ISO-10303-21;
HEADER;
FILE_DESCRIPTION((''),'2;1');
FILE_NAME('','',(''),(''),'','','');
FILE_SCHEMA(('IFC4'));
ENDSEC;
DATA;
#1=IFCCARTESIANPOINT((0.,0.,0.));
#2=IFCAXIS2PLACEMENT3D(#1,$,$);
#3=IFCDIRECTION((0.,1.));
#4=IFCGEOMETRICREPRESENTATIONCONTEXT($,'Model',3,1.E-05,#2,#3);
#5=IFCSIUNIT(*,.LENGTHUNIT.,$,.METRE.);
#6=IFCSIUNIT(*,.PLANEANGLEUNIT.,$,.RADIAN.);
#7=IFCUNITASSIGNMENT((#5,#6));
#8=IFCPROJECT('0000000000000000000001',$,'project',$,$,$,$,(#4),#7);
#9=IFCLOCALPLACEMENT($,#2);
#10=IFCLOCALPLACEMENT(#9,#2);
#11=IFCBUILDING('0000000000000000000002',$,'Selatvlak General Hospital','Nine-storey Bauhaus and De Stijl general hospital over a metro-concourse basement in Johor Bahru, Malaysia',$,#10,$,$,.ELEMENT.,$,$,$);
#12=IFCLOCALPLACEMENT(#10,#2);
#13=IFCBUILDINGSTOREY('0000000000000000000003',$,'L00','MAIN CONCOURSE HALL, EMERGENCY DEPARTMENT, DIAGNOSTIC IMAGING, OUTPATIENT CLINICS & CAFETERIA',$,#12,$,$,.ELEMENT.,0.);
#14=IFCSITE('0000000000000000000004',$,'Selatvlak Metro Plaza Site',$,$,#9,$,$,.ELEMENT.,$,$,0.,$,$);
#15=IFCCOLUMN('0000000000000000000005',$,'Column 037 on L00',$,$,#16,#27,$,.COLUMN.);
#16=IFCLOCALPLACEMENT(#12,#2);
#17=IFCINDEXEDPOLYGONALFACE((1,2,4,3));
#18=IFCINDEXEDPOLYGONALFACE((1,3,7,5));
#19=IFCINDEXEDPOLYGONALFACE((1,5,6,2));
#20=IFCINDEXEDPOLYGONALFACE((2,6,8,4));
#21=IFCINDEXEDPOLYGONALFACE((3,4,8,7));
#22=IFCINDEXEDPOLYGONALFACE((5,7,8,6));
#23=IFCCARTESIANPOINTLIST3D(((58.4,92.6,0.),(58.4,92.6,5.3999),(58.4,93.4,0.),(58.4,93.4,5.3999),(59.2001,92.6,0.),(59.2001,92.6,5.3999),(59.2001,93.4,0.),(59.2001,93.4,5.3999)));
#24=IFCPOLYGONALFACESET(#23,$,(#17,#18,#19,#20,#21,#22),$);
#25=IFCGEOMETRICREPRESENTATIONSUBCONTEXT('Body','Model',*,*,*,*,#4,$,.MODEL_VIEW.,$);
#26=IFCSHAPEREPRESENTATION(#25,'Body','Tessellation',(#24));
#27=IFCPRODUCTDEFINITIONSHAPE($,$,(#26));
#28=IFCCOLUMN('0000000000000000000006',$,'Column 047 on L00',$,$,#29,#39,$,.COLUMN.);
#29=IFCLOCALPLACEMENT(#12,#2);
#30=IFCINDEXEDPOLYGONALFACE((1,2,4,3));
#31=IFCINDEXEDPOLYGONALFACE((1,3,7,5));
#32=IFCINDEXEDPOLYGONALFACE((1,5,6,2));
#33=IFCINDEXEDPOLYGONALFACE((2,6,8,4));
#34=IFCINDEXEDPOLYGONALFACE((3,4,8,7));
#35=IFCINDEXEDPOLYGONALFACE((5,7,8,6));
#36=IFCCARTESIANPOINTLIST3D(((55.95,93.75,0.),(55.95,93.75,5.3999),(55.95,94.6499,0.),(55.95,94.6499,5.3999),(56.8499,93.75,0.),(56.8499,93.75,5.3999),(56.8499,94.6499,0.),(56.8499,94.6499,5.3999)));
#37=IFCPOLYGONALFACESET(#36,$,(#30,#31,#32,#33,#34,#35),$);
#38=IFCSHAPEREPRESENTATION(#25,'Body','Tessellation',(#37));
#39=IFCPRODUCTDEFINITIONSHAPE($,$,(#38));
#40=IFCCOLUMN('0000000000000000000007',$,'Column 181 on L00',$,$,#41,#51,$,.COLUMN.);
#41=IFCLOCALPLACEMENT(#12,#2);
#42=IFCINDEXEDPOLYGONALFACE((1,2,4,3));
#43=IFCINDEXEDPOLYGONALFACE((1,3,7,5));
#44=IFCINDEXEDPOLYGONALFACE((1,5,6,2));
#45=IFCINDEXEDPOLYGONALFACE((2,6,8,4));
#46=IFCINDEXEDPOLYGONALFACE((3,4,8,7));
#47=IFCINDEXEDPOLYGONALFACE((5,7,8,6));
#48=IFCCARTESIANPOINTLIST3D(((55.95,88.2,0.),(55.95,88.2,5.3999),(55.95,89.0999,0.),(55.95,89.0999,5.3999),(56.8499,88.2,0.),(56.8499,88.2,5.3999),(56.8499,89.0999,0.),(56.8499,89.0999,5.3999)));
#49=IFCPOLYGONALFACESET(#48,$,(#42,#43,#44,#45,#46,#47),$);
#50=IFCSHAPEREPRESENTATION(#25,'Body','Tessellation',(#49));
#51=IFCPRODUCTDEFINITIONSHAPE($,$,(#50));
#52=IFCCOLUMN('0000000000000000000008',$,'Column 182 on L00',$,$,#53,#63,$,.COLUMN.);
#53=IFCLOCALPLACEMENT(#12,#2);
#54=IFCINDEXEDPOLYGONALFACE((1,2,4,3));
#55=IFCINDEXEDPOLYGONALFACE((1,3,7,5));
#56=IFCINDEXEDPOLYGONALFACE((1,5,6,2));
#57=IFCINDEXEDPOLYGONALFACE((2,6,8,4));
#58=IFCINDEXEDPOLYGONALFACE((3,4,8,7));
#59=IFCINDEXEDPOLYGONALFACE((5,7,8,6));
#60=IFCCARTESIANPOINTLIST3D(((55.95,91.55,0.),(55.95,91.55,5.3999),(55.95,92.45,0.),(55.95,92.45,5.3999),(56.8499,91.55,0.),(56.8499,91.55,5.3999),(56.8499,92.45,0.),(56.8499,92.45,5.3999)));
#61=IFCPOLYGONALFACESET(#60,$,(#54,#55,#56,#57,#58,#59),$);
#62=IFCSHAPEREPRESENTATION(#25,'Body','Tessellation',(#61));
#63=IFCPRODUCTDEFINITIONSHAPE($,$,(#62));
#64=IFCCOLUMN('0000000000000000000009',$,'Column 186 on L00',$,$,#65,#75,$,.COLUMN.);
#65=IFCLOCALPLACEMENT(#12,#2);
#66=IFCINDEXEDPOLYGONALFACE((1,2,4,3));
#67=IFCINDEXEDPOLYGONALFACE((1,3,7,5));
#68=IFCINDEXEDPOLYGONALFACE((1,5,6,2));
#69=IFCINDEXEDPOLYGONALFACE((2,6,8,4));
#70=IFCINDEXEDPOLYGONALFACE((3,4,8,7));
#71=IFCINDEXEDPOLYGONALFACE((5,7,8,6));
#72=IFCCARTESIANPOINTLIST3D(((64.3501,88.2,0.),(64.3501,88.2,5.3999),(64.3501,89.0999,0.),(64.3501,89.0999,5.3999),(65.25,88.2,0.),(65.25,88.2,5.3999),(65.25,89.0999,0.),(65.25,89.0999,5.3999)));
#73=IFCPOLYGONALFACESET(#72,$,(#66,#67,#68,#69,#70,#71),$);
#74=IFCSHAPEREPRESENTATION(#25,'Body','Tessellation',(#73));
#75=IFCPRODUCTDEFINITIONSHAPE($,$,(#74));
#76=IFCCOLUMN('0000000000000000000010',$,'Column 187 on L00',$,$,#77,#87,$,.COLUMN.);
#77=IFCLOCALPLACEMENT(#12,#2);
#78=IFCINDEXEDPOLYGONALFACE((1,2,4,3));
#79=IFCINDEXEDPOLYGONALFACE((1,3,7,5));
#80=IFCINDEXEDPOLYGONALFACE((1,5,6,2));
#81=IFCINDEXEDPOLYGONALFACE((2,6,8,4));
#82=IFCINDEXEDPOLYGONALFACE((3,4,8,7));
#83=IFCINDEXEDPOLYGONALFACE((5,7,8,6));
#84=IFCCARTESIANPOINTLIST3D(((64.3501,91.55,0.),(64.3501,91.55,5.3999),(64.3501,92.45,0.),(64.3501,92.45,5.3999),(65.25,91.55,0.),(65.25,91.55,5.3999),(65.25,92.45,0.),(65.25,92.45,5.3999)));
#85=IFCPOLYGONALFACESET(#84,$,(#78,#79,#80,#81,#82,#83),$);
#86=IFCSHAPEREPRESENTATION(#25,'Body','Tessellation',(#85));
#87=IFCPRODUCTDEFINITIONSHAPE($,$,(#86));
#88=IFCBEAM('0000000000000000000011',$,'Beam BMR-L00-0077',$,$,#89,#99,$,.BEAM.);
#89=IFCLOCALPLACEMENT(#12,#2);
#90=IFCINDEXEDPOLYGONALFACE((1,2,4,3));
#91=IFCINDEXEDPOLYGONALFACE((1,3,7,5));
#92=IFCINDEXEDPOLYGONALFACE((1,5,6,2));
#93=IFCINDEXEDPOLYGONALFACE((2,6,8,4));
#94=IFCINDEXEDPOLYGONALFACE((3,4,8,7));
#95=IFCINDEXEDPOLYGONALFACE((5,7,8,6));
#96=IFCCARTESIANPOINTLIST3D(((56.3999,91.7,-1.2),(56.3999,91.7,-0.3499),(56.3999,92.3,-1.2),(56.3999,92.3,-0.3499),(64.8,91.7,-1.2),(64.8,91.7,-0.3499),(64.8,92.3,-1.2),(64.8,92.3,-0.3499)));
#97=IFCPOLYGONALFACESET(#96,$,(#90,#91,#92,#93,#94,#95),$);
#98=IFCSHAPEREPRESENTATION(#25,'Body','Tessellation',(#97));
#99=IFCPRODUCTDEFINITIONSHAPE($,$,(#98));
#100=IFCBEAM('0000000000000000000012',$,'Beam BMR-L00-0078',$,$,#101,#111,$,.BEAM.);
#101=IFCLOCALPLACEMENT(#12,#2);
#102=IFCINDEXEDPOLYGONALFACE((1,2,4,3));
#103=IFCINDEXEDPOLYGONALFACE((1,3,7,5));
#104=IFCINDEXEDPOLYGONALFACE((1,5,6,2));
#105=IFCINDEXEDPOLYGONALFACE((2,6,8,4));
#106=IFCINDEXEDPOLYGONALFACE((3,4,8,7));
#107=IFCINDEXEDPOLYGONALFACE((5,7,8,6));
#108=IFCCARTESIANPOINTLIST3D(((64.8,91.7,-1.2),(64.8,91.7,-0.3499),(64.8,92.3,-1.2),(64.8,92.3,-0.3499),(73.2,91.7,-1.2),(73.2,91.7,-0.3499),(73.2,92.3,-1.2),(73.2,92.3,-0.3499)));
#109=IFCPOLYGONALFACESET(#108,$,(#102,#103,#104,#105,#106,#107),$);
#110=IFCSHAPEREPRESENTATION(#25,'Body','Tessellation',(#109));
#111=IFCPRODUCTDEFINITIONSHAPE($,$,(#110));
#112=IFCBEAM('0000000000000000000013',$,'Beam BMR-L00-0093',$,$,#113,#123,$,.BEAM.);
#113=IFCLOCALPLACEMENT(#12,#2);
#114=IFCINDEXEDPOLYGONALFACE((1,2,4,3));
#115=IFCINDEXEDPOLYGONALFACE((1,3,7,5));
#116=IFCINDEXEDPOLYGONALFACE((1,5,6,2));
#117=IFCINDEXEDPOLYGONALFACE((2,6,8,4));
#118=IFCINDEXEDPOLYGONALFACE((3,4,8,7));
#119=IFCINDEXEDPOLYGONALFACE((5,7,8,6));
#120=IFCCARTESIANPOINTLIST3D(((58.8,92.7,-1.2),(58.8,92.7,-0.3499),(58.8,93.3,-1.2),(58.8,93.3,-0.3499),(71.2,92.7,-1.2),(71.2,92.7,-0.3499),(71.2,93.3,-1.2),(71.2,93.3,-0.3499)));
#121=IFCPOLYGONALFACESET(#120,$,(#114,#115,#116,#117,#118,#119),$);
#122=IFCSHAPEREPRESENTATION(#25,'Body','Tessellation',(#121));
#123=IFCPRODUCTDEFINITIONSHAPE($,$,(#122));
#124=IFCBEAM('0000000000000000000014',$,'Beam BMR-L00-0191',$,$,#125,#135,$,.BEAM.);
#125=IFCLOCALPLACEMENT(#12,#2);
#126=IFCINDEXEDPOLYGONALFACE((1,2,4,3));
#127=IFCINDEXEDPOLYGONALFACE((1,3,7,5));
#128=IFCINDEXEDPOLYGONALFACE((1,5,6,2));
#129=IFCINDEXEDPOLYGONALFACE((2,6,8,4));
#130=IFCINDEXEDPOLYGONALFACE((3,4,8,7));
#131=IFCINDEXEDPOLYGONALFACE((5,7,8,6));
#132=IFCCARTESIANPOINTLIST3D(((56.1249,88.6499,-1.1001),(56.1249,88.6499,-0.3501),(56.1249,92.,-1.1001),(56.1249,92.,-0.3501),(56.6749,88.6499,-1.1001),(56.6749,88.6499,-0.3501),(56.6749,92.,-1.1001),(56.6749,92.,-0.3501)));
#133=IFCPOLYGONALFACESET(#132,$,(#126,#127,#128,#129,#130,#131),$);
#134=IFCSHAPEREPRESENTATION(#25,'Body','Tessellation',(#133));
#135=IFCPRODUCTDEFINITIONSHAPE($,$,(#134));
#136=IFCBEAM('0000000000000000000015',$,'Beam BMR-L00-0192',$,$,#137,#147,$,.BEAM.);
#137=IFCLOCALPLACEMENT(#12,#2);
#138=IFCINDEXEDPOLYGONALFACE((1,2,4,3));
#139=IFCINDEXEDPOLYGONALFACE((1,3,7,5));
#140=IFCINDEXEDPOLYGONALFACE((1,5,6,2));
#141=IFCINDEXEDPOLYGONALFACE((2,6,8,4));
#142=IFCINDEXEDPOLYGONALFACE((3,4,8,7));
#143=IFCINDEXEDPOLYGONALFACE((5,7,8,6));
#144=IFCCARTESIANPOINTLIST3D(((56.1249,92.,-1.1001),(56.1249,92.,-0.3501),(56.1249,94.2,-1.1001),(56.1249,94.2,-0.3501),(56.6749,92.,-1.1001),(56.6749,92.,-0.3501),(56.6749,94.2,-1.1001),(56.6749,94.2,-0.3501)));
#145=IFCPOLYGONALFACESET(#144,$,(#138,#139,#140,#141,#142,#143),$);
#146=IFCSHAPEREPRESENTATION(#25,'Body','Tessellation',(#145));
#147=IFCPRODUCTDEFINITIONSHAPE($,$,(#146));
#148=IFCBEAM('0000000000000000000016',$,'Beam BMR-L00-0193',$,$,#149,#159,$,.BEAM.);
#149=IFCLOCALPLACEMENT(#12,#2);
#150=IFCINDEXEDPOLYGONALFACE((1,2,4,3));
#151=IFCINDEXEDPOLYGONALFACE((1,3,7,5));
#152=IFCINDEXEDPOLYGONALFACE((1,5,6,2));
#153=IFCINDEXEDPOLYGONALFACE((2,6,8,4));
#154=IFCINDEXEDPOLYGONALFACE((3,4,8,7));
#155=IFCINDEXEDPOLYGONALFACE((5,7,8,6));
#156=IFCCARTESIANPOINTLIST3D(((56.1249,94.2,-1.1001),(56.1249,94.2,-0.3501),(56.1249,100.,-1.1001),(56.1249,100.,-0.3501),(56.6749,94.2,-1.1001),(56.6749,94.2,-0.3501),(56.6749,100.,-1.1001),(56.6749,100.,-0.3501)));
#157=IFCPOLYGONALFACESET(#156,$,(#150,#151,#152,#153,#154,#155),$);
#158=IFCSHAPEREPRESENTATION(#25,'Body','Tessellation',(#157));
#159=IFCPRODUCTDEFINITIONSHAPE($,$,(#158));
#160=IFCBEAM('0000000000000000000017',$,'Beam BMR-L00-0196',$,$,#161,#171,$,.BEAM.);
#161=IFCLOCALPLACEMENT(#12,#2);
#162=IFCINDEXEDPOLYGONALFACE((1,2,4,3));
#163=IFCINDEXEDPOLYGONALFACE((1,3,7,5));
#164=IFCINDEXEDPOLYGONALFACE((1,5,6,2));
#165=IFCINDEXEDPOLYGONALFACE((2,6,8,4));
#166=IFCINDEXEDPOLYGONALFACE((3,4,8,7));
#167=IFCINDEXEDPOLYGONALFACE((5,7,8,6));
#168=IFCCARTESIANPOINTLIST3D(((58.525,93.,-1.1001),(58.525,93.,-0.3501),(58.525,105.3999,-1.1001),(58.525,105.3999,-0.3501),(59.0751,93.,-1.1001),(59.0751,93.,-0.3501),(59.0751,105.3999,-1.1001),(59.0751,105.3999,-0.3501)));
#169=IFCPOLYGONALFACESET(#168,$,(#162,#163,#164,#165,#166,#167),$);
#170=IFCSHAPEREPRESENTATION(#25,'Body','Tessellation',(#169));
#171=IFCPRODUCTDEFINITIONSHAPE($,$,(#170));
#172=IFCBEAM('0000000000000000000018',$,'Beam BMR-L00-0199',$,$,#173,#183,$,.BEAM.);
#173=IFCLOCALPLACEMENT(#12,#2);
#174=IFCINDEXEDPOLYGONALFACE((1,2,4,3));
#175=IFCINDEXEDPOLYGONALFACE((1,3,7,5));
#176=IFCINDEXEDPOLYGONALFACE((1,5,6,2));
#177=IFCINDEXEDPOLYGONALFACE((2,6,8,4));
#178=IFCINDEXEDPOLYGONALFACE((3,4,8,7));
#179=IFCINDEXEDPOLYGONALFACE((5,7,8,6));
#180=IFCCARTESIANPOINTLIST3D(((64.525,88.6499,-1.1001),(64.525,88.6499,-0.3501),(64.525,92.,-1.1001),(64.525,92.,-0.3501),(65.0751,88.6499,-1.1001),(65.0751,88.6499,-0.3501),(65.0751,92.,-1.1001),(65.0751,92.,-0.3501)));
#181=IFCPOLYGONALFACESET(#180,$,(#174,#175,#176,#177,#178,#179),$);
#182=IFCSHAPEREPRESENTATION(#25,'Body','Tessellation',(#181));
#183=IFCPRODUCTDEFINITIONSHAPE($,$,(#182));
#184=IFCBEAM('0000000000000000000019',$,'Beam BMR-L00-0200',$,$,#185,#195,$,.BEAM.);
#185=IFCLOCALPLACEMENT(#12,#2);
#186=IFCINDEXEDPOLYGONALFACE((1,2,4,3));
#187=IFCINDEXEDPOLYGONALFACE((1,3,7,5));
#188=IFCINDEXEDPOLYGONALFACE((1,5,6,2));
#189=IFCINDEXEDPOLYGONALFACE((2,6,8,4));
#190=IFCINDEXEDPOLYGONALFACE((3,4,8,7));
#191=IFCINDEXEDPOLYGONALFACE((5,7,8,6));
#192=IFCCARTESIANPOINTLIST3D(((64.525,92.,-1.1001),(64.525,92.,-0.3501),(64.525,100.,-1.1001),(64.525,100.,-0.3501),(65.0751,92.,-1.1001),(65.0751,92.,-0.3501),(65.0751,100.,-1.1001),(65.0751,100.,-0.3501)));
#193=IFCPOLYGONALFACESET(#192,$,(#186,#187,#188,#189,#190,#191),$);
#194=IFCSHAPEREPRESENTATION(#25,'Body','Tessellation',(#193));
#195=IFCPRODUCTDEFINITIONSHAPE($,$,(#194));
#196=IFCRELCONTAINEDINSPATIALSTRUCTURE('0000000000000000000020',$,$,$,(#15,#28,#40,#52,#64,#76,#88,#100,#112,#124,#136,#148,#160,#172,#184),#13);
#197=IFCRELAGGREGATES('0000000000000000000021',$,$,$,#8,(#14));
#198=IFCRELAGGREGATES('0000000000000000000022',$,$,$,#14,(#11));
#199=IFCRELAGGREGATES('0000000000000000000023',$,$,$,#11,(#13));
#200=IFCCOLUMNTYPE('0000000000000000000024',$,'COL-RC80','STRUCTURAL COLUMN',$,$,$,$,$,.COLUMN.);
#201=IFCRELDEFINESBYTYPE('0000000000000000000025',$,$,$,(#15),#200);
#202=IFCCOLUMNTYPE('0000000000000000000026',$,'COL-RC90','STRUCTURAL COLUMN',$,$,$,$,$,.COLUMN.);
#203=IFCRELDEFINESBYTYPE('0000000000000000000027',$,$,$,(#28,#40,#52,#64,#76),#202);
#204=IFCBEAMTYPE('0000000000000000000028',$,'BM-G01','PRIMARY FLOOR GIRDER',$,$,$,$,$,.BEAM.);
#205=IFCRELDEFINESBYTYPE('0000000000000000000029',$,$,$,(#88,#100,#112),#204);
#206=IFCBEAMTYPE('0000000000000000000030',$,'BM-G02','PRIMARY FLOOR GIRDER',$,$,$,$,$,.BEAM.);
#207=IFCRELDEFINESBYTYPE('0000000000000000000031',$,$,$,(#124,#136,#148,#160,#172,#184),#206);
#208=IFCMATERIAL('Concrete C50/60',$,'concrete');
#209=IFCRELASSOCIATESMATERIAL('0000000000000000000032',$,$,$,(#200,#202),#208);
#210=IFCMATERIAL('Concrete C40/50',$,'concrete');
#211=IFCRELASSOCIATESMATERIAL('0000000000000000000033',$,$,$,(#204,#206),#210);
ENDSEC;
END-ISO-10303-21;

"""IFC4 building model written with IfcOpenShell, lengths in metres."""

from ifc_helpers import new_model, si_unit, direction, frame, origin, origin_2d, place, context, subcontext, project, spatial, rectangle, extrude, material, material_profile, profile_set, type_object, element, save


model = new_model("IFC4")

# Units and contexts
model_context = context("Model", 3, precision=1e-05, world=origin(), true_north=direction((0.0, 1.0)))
body_context = subcontext(model_context, "Body", "Model", "MODEL_VIEW")
ifc_project = project(units=[si_unit("LENGTHUNIT", "METRE"), si_unit("PLANEANGLEUNIT", "RADIAN")], contexts=[model_context])

# Site, building, storey
site_placement = place(None, origin())
site = spatial("IfcSite", under=ifc_project, at=site_placement, Name="Selatvlak Metro Plaza Site", CompositionType="ELEMENT", RefElevation=0.0)
building_placement = place(site_placement, origin())
building = spatial("IfcBuilding", under=site, at=building_placement, Name="Selatvlak General Hospital", Description="Nine-storey Bauhaus and De Stijl general hospital over a metro-concourse basement in Johor Bahru, Malaysia", CompositionType="ELEMENT")
storey_placement = place(building_placement, origin())
storey = spatial("IfcBuildingStorey", under=building, at=storey_placement, Name="L00", Description="MAIN CONCOURSE HALL, EMERGENCY DEPARTMENT, DIAGNOSTIC IMAGING, OUTPATIENT CLINICS & CAFETERIA", CompositionType="ELEMENT", Elevation=0.0)

# Columns
ifc_material_1 = material(Name="Concrete C50/60", Category="concrete")
ifc_material_profile_1 = material_profile(ifc_material_1, rectangle(XDim=0.8, YDim=0.8, at=origin_2d()), Name="RC-COL 800x800")
ifc_profile_set_1 = profile_set([ifc_material_profile_1], Name="Concrete C50/60")
column_type_1 = type_object("IfcColumnType", Name="COL-RC80", Description="STRUCTURAL COLUMN", PredefinedType="COLUMN", material=ifc_profile_set_1)
column_placement = place(storey_placement, frame((58.8, 93.0, 0.0), z_axis=(0.0, 0.0, 1.0), x_axis=(1.0, 0.0, 0.0)))
element("IfcColumn", 1, at=column_placement, inside=storey, type_object=column_type_1, Name="Column 037 on L00", PredefinedType="COLUMN", context=body_context, shape_type="SweptSolid", body=[
    extrude(rectangle(XDim=0.8, YDim=0.8, at=origin_2d()), origin(), (0.0, 0.0, 1.0), 5.3999),
])
ifc_material_profile_2 = material_profile(ifc_material_1, rectangle(XDim=0.8999, YDim=0.8999, at=origin_2d()), Name="RC-COL 900x900")
ifc_profile_set_2 = profile_set([ifc_material_profile_2], Name="Concrete C50/60")
column_type_2 = type_object("IfcColumnType", Name="COL-RC90", Description="STRUCTURAL COLUMN", PredefinedType="COLUMN", material=ifc_profile_set_2)
for number, where, z_axis, x_axis, name in (
    (2, (56.3999, 94.2, 0.0), (0.0, 0.0, 1.0), (1.0, 0.0, 0.0), "Column 047 on L00"),
    (3, (56.3999, 88.6499, 0.0), (0.0, 0.0, 1.0), (1.0, 0.0, 0.0), "Column 181 on L00"),
    (4, (56.3999, 92.0, 0.0), (0.0, 0.0, 1.0), (1.0, 0.0, 0.0), "Column 182 on L00"),
    (5, (64.8, 88.6499, 0.0), (0.0, 0.0, 1.0), (1.0, 0.0, 0.0), "Column 186 on L00"),
    (6, (64.8, 92.0, 0.0), (0.0, 0.0, 1.0), (1.0, 0.0, 0.0), "Column 187 on L00"),
):
    element("IfcColumn", number, at=place(storey_placement, frame(where, z_axis=z_axis, x_axis=x_axis)), inside=storey, type_object=column_type_2, Name=name, PredefinedType="COLUMN", context=body_context, shape_type="SweptSolid", body=[
        extrude(rectangle(XDim=0.8999, YDim=0.8999, at=origin_2d()), origin(), (0.0, 0.0, 1.0), 5.3999),
    ])

# Beams
ifc_material_2 = material(Name="Concrete C40/50", Category="concrete")
ifc_material_profile_3 = material_profile(ifc_material_2, rectangle(XDim=0.6001, YDim=0.8501, at=origin_2d()), Name="RC-BM 600x850")
ifc_profile_set_3 = profile_set([ifc_material_profile_3], Name="Concrete C40/50")
beam_type_1 = type_object("IfcBeamType", Name="BM-G01", Description="PRIMARY FLOOR GIRDER", PredefinedType="BEAM", material=ifc_profile_set_3)
beam_1_placement = place(storey_placement, frame((56.3999, 92.0, -0.7749), z_axis=(1.0, 0.0, 0.0), x_axis=(0.0, 1.0, 0.0)))
element("IfcBeam", 7, at=beam_1_placement, inside=storey, type_object=beam_type_1, Name="Beam BMR-L00-0077", PredefinedType="BEAM", context=body_context, shape_type="SweptSolid", body=[
    extrude(rectangle(XDim=0.6001, YDim=0.8501, at=origin_2d()), origin(), (0.0, 0.0, 1.0), 8.4001),
])
beam_2_placement = place(storey_placement, frame((64.8, 92.0, -0.7749), z_axis=(1.0, 0.0, 0.0), x_axis=(0.0, 1.0, 0.0)))
element("IfcBeam", 8, at=beam_2_placement, inside=storey, type_object=beam_type_1, Name="Beam BMR-L00-0078", PredefinedType="BEAM", context=body_context, shape_type="SweptSolid", body=[
    extrude(rectangle(XDim=0.6001, YDim=0.8501, at=origin_2d()), origin(), (0.0, 0.0, 1.0), 8.3999),
])
beam_3_placement = place(storey_placement, frame((58.8, 93.0, -0.7749), z_axis=(1.0, 0.0, 0.0), x_axis=(0.0, 1.0, 0.0)))
element("IfcBeam", 9, at=beam_3_placement, inside=storey, type_object=beam_type_1, Name="Beam BMR-L00-0093", PredefinedType="BEAM", context=body_context, shape_type="SweptSolid", body=[
    extrude(rectangle(XDim=0.6001, YDim=0.8501, at=origin_2d()), origin(), (0.0, 0.0, 1.0), 12.3999),
])
ifc_material_profile_4 = material_profile(ifc_material_2, rectangle(XDim=0.55, YDim=0.75, at=origin_2d()), Name="RC-BM 550x750")
ifc_profile_set_4 = profile_set([ifc_material_profile_4], Name="Concrete C40/50")
beam_type_2 = type_object("IfcBeamType", Name="BM-G02", Description="PRIMARY FLOOR GIRDER", PredefinedType="BEAM", material=ifc_profile_set_4)
beam_4_placement = place(storey_placement, frame((56.3999, 88.6499, -0.7251), z_axis=(0.0, 1.0, 0.0), x_axis=(-1.0, 0.0, 0.0)))
element("IfcBeam", 10, at=beam_4_placement, inside=storey, type_object=beam_type_2, Name="Beam BMR-L00-0191", PredefinedType="BEAM", context=body_context, shape_type="SweptSolid", body=[
    extrude(rectangle(XDim=0.55, YDim=0.75, at=origin_2d()), origin(), (0.0, 0.0, 1.0), 3.3501),
])
beam_5_placement = place(storey_placement, frame((56.3999, 92.0, -0.7251), z_axis=(0.0, 1.0, 0.0), x_axis=(-1.0, 0.0, 0.0)))
element("IfcBeam", 11, at=beam_5_placement, inside=storey, type_object=beam_type_2, Name="Beam BMR-L00-0192", PredefinedType="BEAM", context=body_context, shape_type="SweptSolid", body=[
    extrude(rectangle(XDim=0.55, YDim=0.75, at=origin_2d()), origin(), (0.0, 0.0, 1.0), 2.2),
])
beam_6_placement = place(storey_placement, frame((56.3999, 94.2, -0.7251), z_axis=(0.0, 1.0, 0.0), x_axis=(-1.0, 0.0, 0.0)))
element("IfcBeam", 12, at=beam_6_placement, inside=storey, type_object=beam_type_2, Name="Beam BMR-L00-0193", PredefinedType="BEAM", context=body_context, shape_type="SweptSolid", body=[
    extrude(rectangle(XDim=0.55, YDim=0.75, at=origin_2d()), origin(), (0.0, 0.0, 1.0), 5.8),
])
beam_7_placement = place(storey_placement, frame((58.8, 93.0, -0.7251), z_axis=(0.0, 1.0, 0.0), x_axis=(-1.0, 0.0, 0.0)))
element("IfcBeam", 13, at=beam_7_placement, inside=storey, type_object=beam_type_2, Name="Beam BMR-L00-0196", PredefinedType="BEAM", context=body_context, shape_type="SweptSolid", body=[
    extrude(rectangle(XDim=0.55, YDim=0.75, at=origin_2d()), origin(), (0.0, 0.0, 1.0), 12.3999),
])
beam_8_placement = place(storey_placement, frame((64.8, 88.6499, -0.7251), z_axis=(0.0, 1.0, 0.0), x_axis=(-1.0, 0.0, 0.0)))
element("IfcBeam", 14, at=beam_8_placement, inside=storey, type_object=beam_type_2, Name="Beam BMR-L00-0199", PredefinedType="BEAM", context=body_context, shape_type="SweptSolid", body=[
    extrude(rectangle(XDim=0.55, YDim=0.75, at=origin_2d()), origin(), (0.0, 0.0, 1.0), 3.3501),
])
beam_9_placement = place(storey_placement, frame((64.8, 92.0, -0.7251), z_axis=(0.0, 1.0, 0.0), x_axis=(-1.0, 0.0, 0.0)))
element("IfcBeam", 15, at=beam_9_placement, inside=storey, type_object=beam_type_2, Name="Beam BMR-L00-0200", PredefinedType="BEAM", context=body_context, shape_type="SweptSolid", body=[
    extrude(rectangle(XDim=0.55, YDim=0.75, at=origin_2d()), origin(), (0.0, 0.0, 1.0), 8.0),
])

save(model, "model.ifc")
